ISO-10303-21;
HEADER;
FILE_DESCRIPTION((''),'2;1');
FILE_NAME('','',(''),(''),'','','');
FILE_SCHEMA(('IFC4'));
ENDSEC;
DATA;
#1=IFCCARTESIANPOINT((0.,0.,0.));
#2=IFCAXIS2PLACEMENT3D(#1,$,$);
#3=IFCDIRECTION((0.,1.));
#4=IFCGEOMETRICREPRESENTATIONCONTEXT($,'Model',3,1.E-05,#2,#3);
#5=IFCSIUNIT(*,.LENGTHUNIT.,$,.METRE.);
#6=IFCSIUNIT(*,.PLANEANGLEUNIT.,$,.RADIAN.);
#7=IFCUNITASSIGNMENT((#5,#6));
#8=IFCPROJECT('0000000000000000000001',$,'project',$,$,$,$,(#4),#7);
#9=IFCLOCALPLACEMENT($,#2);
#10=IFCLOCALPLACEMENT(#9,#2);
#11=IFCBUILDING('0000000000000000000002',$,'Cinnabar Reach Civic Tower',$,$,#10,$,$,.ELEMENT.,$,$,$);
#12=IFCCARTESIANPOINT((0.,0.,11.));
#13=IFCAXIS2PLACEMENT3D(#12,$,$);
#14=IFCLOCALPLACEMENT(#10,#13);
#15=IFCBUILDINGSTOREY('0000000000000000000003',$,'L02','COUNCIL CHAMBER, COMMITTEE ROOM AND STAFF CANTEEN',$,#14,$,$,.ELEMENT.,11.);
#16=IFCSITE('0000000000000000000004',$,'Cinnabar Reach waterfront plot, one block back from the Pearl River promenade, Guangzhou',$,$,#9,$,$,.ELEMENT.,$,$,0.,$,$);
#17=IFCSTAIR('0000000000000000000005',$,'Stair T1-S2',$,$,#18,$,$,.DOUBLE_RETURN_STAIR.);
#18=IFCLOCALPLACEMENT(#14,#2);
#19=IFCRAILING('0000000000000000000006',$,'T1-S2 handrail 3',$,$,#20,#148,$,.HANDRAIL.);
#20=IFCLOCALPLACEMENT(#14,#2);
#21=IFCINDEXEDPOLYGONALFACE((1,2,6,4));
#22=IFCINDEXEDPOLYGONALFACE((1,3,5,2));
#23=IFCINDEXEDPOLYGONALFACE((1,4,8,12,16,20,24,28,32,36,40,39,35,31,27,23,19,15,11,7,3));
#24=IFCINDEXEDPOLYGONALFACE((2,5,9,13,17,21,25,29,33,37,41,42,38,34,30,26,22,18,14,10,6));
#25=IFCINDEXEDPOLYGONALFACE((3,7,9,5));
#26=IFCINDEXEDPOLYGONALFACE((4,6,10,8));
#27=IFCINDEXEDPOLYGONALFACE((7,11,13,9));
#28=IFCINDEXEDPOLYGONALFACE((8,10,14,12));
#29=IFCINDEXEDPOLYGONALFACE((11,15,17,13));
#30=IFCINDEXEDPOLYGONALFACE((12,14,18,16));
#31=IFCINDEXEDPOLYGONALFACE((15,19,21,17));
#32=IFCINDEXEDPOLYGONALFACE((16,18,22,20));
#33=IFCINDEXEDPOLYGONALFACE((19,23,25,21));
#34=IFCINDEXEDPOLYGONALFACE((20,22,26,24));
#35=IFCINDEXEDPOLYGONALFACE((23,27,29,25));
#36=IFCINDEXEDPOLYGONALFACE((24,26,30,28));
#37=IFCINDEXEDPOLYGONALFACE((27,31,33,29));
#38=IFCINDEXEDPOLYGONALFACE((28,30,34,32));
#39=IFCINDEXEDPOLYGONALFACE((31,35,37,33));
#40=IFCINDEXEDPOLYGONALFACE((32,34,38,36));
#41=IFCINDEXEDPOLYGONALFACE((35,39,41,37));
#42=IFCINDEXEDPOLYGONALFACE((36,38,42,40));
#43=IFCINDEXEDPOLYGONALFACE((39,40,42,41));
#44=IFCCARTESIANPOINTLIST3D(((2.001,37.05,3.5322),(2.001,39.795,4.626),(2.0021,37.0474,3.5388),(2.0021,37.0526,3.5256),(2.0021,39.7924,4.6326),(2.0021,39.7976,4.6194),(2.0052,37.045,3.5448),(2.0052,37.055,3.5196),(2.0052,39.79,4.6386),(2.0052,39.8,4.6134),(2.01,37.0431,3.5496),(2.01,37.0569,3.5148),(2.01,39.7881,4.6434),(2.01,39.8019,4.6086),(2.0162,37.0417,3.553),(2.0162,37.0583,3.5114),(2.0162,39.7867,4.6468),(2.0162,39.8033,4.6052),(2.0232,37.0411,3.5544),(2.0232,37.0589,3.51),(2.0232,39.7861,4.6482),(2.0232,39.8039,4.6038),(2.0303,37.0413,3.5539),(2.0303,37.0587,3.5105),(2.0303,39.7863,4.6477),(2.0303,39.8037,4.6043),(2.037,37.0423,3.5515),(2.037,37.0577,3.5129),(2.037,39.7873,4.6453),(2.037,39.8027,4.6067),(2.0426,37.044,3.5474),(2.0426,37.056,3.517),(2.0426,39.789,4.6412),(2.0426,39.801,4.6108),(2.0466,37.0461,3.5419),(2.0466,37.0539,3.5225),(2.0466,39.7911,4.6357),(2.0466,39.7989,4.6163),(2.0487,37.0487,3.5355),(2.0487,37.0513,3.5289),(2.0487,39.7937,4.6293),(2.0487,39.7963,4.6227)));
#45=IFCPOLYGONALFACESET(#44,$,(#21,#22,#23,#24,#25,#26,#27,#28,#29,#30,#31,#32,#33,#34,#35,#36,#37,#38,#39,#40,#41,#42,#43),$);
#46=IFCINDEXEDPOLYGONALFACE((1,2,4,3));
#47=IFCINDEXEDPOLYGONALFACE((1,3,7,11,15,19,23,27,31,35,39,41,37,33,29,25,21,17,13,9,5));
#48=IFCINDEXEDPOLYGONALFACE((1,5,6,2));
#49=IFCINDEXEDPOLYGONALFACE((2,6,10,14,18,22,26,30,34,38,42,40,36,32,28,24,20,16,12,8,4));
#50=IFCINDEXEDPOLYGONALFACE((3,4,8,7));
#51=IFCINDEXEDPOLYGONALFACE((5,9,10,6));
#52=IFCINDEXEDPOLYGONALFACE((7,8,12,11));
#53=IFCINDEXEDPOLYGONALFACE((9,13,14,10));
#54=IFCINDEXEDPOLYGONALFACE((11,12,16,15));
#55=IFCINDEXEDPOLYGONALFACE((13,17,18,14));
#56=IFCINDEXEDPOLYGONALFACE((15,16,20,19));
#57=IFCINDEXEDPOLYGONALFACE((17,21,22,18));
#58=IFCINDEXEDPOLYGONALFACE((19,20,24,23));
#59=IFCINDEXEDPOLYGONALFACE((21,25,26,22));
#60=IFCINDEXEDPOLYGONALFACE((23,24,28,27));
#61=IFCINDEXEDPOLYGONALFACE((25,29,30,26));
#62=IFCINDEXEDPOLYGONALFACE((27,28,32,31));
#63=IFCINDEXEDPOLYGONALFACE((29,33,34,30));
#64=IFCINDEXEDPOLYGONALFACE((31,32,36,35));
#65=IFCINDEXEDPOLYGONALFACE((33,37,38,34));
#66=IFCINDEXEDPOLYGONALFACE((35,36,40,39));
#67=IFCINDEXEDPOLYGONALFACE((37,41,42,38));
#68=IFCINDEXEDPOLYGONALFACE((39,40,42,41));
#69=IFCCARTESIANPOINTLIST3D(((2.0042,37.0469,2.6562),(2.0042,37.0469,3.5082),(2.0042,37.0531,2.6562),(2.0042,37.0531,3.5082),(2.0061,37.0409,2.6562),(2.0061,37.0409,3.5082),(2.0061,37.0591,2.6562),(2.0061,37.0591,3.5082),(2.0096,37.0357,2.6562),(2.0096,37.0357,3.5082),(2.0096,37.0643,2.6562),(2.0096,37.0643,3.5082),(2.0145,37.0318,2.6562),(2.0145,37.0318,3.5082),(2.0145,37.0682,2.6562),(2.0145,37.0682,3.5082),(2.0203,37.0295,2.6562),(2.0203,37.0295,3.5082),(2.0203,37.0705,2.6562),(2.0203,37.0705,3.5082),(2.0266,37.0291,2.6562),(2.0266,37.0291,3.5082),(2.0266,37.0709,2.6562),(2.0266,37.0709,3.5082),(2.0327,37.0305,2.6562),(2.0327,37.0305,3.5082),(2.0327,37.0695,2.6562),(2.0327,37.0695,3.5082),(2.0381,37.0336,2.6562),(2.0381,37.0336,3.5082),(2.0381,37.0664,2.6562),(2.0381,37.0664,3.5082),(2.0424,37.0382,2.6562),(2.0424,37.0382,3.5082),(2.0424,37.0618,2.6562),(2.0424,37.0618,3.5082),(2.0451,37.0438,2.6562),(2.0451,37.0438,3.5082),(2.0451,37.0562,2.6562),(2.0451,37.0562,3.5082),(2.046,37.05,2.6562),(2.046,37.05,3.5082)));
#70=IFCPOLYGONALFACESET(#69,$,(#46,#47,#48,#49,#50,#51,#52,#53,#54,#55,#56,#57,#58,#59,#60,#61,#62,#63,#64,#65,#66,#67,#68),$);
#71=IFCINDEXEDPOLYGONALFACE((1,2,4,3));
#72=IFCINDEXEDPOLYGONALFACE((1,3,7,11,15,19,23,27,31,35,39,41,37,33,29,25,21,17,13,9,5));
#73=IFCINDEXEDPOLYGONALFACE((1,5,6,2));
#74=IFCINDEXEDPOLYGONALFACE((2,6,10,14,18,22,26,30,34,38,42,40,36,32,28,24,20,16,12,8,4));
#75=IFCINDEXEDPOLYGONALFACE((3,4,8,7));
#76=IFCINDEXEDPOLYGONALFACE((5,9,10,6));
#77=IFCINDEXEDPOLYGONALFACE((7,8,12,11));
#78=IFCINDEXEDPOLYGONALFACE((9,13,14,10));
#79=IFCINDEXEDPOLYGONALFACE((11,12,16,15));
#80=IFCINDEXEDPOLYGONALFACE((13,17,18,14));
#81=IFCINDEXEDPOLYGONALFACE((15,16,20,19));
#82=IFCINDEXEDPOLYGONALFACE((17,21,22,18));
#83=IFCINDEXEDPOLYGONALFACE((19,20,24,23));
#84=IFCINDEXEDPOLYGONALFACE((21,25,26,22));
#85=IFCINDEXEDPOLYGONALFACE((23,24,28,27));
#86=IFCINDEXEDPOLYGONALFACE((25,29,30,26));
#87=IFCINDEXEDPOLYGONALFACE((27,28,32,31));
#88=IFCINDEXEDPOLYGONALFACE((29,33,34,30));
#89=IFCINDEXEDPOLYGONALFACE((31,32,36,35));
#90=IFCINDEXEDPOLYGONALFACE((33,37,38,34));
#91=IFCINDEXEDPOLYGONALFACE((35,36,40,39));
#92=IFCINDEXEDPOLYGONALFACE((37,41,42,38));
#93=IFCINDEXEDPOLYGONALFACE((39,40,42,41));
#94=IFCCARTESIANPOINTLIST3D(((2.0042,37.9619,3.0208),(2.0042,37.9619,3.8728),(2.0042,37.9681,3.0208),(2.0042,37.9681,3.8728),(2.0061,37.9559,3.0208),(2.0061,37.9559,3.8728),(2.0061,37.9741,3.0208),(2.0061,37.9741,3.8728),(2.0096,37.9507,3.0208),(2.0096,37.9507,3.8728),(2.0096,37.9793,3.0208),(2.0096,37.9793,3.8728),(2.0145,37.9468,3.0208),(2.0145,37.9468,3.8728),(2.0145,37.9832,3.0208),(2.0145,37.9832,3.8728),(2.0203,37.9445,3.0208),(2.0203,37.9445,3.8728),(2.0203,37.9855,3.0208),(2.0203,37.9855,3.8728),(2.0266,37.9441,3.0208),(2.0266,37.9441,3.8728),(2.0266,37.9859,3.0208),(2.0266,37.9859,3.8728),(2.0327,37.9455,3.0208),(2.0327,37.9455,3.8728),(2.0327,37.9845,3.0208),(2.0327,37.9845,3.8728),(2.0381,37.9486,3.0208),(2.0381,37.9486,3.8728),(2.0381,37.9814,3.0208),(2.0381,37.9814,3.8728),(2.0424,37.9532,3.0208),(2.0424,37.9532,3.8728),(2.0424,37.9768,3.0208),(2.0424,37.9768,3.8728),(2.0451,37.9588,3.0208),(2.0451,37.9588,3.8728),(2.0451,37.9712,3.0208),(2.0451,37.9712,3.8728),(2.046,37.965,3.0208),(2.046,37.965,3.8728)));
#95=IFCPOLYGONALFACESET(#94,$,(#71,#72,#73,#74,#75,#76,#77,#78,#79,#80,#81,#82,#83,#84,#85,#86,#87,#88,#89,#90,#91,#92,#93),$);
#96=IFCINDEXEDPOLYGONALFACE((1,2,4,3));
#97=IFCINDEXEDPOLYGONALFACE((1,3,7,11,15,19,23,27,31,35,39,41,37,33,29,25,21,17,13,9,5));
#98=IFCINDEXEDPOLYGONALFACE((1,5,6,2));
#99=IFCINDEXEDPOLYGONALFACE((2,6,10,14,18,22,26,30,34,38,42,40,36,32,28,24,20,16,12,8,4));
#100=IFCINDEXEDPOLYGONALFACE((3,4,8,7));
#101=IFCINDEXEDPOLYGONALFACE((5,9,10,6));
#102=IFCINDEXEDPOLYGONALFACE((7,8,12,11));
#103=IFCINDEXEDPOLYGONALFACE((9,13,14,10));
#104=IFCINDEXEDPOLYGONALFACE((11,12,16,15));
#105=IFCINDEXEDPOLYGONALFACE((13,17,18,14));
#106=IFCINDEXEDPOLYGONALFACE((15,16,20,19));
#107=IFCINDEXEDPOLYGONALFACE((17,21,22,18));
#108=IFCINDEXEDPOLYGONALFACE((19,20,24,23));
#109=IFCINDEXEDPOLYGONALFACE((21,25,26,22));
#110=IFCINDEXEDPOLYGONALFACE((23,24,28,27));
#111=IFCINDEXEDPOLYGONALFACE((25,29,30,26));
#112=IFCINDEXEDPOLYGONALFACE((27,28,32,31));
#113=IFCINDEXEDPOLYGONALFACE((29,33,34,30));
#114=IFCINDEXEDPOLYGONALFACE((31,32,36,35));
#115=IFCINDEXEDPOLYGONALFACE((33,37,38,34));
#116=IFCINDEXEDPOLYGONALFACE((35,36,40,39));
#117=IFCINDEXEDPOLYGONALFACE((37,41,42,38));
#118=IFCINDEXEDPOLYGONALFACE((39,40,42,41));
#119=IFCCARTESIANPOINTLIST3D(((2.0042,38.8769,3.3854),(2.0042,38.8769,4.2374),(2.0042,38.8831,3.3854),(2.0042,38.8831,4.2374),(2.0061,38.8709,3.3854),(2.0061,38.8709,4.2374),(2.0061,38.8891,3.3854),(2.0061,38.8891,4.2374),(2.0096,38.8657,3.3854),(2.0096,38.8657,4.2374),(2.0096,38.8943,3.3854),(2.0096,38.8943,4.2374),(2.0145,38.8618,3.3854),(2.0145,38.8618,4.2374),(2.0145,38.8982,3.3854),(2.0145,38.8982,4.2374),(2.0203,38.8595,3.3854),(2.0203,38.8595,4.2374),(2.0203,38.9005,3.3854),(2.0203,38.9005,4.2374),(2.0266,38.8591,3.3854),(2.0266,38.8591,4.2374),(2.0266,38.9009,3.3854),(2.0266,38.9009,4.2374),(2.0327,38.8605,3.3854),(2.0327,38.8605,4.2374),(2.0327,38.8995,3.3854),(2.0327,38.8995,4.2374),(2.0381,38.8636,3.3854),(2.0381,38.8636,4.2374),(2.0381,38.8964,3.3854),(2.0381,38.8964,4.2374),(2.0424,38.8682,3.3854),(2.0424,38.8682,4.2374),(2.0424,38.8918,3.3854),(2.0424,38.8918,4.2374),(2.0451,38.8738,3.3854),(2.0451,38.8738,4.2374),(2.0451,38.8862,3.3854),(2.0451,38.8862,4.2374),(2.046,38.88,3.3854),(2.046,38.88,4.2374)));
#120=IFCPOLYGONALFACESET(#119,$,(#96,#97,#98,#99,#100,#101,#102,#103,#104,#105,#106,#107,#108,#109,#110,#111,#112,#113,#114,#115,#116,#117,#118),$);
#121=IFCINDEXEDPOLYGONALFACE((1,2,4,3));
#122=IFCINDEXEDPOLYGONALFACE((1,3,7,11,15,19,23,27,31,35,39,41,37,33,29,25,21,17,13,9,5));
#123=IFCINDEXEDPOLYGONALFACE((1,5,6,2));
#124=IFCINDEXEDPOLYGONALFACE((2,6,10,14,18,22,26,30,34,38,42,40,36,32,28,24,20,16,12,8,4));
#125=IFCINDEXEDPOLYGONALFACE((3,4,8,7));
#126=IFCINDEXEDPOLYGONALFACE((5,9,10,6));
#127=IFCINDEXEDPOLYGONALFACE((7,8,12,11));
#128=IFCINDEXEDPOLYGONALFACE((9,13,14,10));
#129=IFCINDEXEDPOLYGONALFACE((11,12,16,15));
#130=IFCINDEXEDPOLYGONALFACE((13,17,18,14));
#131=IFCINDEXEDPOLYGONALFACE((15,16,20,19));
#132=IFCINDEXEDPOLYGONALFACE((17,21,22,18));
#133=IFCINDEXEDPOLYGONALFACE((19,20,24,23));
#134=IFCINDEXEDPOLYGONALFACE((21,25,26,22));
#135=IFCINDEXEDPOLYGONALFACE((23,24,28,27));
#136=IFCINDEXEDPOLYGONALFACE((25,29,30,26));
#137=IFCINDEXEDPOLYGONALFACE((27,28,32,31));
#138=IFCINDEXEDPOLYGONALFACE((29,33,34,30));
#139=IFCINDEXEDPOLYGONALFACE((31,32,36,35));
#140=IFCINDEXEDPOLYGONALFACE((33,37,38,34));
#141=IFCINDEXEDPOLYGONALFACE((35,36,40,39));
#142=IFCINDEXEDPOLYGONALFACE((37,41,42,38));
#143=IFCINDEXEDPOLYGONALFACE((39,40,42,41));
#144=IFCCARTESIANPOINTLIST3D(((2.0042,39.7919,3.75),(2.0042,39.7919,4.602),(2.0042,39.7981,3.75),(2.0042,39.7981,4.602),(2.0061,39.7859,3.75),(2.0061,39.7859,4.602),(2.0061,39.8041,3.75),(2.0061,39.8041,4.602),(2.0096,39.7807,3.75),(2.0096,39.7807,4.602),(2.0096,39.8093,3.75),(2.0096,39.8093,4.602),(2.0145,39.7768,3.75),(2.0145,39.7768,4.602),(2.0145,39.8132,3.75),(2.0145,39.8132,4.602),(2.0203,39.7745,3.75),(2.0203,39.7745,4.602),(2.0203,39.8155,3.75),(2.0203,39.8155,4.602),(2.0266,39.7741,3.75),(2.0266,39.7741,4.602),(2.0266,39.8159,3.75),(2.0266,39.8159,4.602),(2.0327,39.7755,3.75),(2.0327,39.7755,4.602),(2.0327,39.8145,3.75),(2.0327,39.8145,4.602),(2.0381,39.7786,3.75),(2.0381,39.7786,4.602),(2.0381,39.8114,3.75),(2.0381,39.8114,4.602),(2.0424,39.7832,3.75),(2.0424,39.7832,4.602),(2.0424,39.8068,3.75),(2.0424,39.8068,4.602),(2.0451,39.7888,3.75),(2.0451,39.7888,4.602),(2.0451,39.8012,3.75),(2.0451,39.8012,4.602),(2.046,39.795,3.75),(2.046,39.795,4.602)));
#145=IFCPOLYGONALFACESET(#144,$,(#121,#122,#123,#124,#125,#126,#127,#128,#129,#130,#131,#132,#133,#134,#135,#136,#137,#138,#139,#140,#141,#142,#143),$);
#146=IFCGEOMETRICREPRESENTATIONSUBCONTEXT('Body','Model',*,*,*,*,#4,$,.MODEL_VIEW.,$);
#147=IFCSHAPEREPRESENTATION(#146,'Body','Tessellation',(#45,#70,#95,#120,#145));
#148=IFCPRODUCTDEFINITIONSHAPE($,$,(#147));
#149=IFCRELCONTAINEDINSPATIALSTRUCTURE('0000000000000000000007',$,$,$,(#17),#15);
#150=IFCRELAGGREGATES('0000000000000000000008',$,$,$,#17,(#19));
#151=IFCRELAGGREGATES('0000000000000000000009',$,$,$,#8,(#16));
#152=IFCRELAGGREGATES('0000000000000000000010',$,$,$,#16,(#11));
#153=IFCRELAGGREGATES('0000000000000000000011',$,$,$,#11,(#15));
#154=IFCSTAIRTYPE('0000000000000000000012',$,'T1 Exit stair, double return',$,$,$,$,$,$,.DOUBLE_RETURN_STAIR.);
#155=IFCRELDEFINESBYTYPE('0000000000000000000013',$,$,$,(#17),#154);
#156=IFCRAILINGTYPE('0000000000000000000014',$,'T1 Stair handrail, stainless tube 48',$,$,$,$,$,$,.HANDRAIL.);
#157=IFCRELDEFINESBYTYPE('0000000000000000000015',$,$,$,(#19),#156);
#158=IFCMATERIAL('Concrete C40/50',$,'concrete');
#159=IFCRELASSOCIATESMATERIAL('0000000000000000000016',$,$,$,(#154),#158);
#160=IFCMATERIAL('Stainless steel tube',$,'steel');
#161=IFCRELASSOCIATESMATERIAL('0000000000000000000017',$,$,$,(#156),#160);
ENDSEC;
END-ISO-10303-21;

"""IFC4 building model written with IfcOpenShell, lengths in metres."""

from ifc_helpers import new_model, si_unit, direction, frame, origin, origin_2d, place, context, subcontext, project, spatial, circle, extrude, material, type_object, element, aggregate, save


model = new_model("IFC4")

# Units and contexts
model_context = context("Model", 3, precision=1e-05, world=origin(), true_north=direction((0.0, 1.0)))
body_context = subcontext(model_context, "Body", "Model", "MODEL_VIEW")
ifc_project = project(units=[si_unit("LENGTHUNIT", "METRE"), si_unit("PLANEANGLEUNIT", "RADIAN")], contexts=[model_context])

# Site, building, storey
site_placement = place(None, origin())
site = spatial("IfcSite", under=ifc_project, at=site_placement, Name="Cinnabar Reach waterfront plot, one block back from the Pearl River promenade, Guangzhou", CompositionType="ELEMENT", RefElevation=0.0)
building_placement = place(site_placement, origin())
building = spatial("IfcBuilding", under=site, at=building_placement, Name="Cinnabar Reach Civic Tower", CompositionType="ELEMENT")
storey_placement = place(building_placement, frame((0.0, 0.0, 11.0)))
storey = spatial("IfcBuildingStorey", under=building, at=storey_placement, Name="L02", Description="COUNCIL CHAMBER, COMMITTEE ROOM AND STAFF CANTEEN", CompositionType="ELEMENT", Elevation=11.0)

# Stair, railing
ifc_material_1 = material(Name="Concrete C40/50", Category="concrete")
stair_type = type_object("IfcStairType", Name="T1 Exit stair, double return", PredefinedType="DOUBLE_RETURN_STAIR", material=ifc_material_1)
stair_placement = place(storey_placement, origin())
stair = element("IfcStair", 1, at=stair_placement, inside=storey, type_object=stair_type, Name="Stair T1-S2", PredefinedType="DOUBLE_RETURN_STAIR")
ifc_material_2 = material(Name="Stainless steel tube", Category="steel")
railing_type_1 = type_object("IfcRailingType", Name="T1 Stair handrail, stainless tube 48", PredefinedType="HANDRAIL", material=ifc_material_2)
railing_1_placement = place(storey_placement, frame((2.025, 37.05, 2.6562)))
railing_1 = element("IfcRailing", 2, at=railing_1_placement, type_object=railing_type_1, Name="T1-S2 handrail 3", PredefinedType="HANDRAIL", context=body_context, shape_type="SweptSolid", body=[
    extrude(circle(Radius=0.024, at=origin_2d()), frame((0.0, 0.0, 0.876), z_axis=(0.0, 0.928966, 0.370165), x_axis=(-1.0, 0.0, 0.0)), (0.0, 0.0, 1.0), 2.9549),
    extrude(circle(Radius=0.021, at=origin_2d()), origin(), (0.0, 0.0, 1.0), 0.852),
    extrude(circle(Radius=0.021, at=origin_2d()), frame((0.0, 0.915, 0.3646)), (0.0, 0.0, 1.0), 0.852),
    extrude(circle(Radius=0.021, at=origin_2d()), frame((0.0, 1.83, 0.7292)), (0.0, 0.0, 1.0), 0.852),
    extrude(circle(Radius=0.021, at=origin_2d()), frame((0.0, 2.745, 1.0938)), (0.0, 0.0, 1.0), 0.852),
])
aggregate(stair, [railing_1])

save(model, "model.ifc")
